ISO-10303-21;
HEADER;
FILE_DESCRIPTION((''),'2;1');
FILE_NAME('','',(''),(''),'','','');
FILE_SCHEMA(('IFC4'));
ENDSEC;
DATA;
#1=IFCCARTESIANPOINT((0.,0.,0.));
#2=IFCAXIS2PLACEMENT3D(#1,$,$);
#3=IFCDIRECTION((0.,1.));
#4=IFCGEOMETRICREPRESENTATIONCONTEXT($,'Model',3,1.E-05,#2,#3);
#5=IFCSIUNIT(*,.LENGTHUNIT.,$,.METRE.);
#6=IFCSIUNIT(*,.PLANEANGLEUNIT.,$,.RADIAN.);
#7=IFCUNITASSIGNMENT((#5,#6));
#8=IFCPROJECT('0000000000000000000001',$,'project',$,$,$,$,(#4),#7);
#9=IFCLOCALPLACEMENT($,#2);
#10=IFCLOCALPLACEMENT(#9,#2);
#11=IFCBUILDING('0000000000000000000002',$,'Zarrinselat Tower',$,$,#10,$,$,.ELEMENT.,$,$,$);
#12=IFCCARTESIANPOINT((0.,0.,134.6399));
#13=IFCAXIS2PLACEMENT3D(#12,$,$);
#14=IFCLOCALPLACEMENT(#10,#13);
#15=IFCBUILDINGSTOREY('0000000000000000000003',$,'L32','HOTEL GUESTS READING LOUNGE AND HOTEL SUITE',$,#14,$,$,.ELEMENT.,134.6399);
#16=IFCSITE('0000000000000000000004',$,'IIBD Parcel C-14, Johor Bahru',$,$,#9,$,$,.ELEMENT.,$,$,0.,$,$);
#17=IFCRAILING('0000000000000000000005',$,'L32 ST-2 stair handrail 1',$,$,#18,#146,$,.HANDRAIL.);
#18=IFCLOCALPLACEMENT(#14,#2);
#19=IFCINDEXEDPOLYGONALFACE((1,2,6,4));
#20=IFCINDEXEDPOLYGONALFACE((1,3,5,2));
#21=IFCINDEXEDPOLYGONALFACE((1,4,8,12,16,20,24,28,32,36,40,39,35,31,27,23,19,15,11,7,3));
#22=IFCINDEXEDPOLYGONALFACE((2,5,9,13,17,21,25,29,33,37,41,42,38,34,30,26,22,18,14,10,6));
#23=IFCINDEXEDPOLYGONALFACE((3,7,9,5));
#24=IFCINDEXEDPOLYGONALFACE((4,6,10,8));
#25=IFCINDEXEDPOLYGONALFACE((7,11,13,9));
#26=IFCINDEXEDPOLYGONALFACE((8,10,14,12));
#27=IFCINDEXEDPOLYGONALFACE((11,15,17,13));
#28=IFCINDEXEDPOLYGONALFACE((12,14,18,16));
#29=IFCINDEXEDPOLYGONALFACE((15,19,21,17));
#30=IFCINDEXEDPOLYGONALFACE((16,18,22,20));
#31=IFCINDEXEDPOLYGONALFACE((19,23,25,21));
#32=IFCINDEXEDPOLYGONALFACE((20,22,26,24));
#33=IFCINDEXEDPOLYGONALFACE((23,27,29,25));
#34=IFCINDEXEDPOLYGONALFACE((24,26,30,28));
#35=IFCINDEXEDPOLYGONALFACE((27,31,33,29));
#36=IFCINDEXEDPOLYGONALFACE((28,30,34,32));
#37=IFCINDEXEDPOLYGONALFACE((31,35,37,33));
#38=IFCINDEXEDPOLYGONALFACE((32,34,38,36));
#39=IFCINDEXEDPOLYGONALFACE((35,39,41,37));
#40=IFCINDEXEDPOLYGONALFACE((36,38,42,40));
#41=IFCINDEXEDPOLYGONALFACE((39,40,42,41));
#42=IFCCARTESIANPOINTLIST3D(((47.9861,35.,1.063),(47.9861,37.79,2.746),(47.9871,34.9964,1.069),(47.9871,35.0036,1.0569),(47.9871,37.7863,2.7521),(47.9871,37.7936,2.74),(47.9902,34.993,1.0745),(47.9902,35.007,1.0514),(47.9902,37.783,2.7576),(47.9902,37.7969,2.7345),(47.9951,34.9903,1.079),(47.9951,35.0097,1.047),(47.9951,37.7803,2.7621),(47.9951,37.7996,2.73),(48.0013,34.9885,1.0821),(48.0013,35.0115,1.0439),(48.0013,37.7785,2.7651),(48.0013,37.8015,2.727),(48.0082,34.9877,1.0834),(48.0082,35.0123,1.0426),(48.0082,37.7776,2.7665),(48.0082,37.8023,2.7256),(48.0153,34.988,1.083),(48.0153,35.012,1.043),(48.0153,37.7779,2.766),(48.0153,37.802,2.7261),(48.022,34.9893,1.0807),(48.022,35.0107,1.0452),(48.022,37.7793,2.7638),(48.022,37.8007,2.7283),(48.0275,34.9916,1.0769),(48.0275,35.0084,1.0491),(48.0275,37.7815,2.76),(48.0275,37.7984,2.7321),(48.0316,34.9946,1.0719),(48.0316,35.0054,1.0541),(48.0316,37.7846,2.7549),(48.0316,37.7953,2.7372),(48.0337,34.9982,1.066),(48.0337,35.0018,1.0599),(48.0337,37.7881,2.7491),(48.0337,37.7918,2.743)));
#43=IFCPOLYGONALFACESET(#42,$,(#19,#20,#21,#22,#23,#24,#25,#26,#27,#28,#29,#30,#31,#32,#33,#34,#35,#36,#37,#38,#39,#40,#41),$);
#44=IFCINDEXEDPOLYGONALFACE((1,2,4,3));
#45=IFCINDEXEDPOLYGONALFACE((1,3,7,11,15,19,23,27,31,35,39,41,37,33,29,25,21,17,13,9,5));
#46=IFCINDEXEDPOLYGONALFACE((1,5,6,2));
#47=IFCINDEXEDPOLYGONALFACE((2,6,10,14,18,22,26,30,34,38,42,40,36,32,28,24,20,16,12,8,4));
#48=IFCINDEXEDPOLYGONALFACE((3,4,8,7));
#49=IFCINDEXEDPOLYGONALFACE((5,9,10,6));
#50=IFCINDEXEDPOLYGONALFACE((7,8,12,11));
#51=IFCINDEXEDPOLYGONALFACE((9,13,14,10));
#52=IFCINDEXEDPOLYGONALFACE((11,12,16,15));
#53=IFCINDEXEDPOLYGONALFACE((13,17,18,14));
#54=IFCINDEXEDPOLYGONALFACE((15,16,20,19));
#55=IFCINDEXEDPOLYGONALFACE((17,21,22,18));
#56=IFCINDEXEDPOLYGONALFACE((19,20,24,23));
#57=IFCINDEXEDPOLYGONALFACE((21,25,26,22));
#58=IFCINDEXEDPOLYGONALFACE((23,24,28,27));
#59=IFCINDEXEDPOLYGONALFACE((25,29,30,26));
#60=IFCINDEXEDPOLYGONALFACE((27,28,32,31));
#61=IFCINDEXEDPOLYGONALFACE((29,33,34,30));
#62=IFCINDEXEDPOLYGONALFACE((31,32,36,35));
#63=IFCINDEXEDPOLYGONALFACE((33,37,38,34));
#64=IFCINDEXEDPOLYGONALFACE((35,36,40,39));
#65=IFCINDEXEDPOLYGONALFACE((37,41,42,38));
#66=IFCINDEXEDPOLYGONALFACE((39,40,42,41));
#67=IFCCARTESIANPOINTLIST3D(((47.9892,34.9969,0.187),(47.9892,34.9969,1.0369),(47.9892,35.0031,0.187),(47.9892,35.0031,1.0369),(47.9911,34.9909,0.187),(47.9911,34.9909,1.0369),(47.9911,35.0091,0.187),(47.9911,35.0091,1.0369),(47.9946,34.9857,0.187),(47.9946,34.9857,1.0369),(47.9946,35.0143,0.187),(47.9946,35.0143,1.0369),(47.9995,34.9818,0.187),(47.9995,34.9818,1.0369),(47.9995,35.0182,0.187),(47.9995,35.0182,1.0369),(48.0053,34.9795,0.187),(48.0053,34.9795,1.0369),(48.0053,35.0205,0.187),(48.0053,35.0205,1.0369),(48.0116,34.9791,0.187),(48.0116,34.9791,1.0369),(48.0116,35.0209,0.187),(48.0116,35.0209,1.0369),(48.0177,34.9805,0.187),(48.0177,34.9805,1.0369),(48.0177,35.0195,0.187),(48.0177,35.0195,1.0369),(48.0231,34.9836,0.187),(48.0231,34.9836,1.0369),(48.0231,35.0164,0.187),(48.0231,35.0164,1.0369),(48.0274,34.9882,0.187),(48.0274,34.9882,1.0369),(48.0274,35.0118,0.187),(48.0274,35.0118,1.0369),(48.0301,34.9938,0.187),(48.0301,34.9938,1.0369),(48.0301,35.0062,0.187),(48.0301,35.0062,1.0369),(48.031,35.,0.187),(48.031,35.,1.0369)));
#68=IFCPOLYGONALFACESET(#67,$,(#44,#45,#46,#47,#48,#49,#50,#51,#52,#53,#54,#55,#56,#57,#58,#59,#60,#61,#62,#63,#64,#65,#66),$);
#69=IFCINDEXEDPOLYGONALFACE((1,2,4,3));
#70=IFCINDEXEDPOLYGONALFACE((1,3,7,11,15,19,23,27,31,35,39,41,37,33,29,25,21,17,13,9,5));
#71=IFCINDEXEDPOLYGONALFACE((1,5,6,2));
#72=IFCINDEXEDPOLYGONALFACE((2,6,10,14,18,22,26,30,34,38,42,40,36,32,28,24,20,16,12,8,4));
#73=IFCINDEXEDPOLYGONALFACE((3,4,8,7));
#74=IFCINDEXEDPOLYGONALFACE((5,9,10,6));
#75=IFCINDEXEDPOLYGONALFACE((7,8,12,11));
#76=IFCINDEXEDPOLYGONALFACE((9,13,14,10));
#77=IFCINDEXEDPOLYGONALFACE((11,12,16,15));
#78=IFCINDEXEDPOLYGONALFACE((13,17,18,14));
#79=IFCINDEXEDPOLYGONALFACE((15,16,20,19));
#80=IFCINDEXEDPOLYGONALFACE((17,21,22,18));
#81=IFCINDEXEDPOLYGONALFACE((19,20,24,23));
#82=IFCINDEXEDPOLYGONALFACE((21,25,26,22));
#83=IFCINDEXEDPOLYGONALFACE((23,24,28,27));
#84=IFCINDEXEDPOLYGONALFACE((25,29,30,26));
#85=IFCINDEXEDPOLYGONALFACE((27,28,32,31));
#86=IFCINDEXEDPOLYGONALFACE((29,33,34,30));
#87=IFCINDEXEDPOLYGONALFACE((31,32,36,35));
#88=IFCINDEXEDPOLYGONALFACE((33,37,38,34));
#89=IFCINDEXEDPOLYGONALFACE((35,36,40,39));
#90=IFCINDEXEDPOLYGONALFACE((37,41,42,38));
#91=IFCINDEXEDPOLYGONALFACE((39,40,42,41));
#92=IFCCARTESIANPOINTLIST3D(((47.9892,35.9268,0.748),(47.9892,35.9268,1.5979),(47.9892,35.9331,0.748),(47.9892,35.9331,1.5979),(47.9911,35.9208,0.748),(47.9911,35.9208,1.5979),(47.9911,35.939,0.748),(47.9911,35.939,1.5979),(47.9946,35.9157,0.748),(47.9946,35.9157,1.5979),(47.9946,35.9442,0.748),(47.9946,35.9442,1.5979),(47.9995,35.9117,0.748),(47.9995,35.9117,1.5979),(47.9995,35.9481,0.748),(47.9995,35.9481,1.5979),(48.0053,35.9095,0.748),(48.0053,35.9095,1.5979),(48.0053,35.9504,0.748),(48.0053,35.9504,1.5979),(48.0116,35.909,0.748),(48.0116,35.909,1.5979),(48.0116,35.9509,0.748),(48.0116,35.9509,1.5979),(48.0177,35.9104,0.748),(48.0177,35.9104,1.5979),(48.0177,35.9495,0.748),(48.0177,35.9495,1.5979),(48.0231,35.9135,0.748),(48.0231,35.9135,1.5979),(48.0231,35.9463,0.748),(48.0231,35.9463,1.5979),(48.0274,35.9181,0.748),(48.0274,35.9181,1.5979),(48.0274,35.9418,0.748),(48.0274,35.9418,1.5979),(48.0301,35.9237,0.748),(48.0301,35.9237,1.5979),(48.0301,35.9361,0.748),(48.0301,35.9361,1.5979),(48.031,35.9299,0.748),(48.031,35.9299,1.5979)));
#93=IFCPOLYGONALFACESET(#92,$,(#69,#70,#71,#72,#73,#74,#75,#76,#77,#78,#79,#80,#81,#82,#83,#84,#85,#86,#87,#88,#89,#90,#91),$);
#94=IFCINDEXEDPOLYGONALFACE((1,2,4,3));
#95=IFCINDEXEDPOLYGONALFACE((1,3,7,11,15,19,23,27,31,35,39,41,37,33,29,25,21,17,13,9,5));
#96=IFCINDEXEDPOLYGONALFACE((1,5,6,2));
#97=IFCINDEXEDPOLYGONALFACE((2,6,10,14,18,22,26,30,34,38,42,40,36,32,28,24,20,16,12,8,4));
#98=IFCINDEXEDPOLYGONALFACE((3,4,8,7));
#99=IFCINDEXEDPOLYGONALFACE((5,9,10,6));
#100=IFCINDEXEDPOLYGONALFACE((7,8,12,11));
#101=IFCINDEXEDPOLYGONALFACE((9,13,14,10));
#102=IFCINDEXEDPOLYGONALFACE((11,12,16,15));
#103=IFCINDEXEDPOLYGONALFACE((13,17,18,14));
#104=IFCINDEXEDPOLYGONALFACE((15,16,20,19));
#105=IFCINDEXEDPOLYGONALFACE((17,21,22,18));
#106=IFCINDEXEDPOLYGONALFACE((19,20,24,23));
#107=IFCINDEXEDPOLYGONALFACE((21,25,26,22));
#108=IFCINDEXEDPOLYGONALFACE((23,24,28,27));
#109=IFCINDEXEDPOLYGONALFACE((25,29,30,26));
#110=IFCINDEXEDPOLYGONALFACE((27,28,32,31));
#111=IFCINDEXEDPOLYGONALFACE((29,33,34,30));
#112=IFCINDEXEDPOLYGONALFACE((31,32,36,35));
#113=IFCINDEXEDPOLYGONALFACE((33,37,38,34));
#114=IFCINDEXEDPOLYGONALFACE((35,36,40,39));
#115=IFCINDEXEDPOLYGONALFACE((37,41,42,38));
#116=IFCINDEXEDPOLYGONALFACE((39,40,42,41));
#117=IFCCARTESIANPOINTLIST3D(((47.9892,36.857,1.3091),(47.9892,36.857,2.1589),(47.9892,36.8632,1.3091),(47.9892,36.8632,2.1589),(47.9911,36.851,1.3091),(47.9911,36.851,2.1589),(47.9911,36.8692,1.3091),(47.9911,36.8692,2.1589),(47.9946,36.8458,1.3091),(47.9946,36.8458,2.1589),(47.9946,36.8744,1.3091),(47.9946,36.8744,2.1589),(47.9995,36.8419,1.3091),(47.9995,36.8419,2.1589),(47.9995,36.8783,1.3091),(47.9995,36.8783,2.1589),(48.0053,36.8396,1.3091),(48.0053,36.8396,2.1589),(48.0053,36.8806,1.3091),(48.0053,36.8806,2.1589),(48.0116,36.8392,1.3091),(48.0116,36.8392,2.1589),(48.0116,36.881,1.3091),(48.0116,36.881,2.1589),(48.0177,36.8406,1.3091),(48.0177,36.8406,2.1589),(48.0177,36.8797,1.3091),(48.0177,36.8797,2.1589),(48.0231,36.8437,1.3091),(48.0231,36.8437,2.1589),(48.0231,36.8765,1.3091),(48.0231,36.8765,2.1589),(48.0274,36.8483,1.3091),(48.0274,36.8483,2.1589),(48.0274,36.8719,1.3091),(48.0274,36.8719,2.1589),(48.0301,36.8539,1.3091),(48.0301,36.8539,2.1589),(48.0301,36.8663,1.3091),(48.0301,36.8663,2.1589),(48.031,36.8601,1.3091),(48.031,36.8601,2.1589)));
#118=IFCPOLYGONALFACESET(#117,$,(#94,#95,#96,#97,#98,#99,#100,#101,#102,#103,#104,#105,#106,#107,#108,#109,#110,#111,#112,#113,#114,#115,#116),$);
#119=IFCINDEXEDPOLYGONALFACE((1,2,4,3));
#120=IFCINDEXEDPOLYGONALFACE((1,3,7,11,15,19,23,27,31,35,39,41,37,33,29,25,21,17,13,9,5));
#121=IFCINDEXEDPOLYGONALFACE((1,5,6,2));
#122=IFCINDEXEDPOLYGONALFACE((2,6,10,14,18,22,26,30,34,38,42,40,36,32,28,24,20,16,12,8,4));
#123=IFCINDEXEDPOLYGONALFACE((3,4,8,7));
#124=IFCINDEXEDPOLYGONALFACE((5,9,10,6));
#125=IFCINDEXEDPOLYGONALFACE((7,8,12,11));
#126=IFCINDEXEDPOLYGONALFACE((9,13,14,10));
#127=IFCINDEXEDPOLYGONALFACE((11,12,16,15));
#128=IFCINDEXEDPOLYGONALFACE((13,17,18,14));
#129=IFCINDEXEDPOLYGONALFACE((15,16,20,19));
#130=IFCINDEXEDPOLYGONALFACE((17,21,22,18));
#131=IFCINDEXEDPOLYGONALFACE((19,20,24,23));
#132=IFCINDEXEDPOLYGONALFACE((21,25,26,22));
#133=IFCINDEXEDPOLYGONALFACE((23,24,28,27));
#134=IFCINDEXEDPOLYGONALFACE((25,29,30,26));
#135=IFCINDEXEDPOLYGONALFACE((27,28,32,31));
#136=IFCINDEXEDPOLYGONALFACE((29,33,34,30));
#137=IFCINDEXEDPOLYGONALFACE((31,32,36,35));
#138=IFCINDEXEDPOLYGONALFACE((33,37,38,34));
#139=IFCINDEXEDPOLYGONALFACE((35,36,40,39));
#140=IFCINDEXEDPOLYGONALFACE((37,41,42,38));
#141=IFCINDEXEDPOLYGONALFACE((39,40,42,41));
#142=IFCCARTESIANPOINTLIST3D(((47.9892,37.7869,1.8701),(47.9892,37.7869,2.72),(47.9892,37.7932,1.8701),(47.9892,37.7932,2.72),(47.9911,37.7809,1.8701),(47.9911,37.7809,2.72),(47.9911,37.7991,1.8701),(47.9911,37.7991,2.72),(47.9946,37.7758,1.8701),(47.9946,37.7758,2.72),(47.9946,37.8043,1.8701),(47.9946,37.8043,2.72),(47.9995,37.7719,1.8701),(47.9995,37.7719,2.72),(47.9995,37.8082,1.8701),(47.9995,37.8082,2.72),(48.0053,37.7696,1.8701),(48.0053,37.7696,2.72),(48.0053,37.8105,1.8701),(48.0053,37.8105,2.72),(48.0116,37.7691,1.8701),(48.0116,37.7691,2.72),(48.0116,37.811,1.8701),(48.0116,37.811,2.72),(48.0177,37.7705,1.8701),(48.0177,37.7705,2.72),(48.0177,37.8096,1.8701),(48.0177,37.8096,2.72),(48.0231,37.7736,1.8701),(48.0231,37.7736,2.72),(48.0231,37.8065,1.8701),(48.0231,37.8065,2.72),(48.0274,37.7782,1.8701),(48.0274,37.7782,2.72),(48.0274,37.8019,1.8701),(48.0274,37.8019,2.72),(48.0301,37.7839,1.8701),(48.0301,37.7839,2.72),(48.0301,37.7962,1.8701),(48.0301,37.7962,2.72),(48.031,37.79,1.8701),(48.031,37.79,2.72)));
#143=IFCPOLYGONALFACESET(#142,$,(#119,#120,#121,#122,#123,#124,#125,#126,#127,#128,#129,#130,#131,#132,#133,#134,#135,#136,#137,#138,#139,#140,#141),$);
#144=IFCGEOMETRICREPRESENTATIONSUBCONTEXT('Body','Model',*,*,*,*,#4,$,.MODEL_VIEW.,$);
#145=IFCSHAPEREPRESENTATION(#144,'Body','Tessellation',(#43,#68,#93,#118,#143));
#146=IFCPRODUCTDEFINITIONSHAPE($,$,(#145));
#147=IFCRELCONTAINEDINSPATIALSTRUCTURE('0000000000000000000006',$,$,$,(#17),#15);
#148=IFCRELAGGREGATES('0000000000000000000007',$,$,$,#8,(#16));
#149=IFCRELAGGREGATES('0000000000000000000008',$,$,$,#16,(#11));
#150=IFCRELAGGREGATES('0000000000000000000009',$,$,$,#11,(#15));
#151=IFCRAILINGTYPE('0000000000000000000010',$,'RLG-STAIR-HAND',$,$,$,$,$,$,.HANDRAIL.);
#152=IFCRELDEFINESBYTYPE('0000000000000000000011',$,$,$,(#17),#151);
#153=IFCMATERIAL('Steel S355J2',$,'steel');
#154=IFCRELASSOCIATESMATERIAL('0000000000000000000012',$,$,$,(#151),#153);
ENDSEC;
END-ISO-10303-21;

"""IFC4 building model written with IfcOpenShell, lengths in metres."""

from ifc_helpers import new_model, si_unit, direction, frame, origin, origin_2d, place, context, subcontext, project, spatial, circle, extrude, material, type_object, element, save


model = new_model("IFC4")

# Units and contexts
model_context = context("Model", 3, precision=1e-05, world=origin(), true_north=direction((0.0, 1.0)))
body_context = subcontext(model_context, "Body", "Model", "MODEL_VIEW")
ifc_project = project(units=[si_unit("LENGTHUNIT", "METRE"), si_unit("PLANEANGLEUNIT", "RADIAN")], contexts=[model_context])

# Site, building, storey
site_placement = place(None, origin())
site = spatial("IfcSite", under=ifc_project, at=site_placement, Name="IIBD Parcel C-14, Johor Bahru", CompositionType="ELEMENT", RefElevation=0.0)
building_placement = place(site_placement, origin())
building = spatial("IfcBuilding", under=site, at=building_placement, Name="Zarrinselat Tower", CompositionType="ELEMENT")
storey_placement = place(building_placement, frame((0.0, 0.0, 134.6399)))
storey = spatial("IfcBuildingStorey", under=building, at=storey_placement, Name="L32", Description="HOTEL GUESTS READING LOUNGE AND HOTEL SUITE", CompositionType="ELEMENT", Elevation=134.6399)

# Railing
ifc_material_1 = material(Name="Steel S355J2", Category="steel")
railing_type_1 = type_object("IfcRailingType", Name="RLG-STAIR-HAND", PredefinedType="HANDRAIL", material=ifc_material_1)
railing_1_placement = place(storey_placement, frame((48.01, 35.0, 0.187)))
element("IfcRailing", 1, at=railing_1_placement, inside=storey, type_object=railing_type_1, Name="L32 ST-2 stair handrail 1", PredefinedType="HANDRAIL", context=body_context, shape_type="SweptSolid", body=[
    extrude(circle(Radius=0.0239, at=origin_2d()), frame((0.0, 0.0, 0.876), z_axis=(0.0, 0.856261, 0.516544), x_axis=(-1.0, 0.0, 0.0)), (0.0, 0.0, 1.0), 3.2583),
    extrude(circle(Radius=0.021, at=origin_2d()), origin(), (0.0, 0.0, 1.0), 0.8499),
    extrude(circle(Radius=0.021, at=origin_2d()), frame((0.0, 0.9299, 0.561)), (0.0, 0.0, 1.0), 0.8499),
    extrude(circle(Radius=0.021, at=origin_2d()), frame((0.0, 1.8601, 1.1221)), (0.0, 0.0, 1.0), 0.8499),
    extrude(circle(Radius=0.021, at=origin_2d()), frame((0.0, 2.79, 1.6831)), (0.0, 0.0, 1.0), 0.8499),
])

save(model, "model.ifc")
